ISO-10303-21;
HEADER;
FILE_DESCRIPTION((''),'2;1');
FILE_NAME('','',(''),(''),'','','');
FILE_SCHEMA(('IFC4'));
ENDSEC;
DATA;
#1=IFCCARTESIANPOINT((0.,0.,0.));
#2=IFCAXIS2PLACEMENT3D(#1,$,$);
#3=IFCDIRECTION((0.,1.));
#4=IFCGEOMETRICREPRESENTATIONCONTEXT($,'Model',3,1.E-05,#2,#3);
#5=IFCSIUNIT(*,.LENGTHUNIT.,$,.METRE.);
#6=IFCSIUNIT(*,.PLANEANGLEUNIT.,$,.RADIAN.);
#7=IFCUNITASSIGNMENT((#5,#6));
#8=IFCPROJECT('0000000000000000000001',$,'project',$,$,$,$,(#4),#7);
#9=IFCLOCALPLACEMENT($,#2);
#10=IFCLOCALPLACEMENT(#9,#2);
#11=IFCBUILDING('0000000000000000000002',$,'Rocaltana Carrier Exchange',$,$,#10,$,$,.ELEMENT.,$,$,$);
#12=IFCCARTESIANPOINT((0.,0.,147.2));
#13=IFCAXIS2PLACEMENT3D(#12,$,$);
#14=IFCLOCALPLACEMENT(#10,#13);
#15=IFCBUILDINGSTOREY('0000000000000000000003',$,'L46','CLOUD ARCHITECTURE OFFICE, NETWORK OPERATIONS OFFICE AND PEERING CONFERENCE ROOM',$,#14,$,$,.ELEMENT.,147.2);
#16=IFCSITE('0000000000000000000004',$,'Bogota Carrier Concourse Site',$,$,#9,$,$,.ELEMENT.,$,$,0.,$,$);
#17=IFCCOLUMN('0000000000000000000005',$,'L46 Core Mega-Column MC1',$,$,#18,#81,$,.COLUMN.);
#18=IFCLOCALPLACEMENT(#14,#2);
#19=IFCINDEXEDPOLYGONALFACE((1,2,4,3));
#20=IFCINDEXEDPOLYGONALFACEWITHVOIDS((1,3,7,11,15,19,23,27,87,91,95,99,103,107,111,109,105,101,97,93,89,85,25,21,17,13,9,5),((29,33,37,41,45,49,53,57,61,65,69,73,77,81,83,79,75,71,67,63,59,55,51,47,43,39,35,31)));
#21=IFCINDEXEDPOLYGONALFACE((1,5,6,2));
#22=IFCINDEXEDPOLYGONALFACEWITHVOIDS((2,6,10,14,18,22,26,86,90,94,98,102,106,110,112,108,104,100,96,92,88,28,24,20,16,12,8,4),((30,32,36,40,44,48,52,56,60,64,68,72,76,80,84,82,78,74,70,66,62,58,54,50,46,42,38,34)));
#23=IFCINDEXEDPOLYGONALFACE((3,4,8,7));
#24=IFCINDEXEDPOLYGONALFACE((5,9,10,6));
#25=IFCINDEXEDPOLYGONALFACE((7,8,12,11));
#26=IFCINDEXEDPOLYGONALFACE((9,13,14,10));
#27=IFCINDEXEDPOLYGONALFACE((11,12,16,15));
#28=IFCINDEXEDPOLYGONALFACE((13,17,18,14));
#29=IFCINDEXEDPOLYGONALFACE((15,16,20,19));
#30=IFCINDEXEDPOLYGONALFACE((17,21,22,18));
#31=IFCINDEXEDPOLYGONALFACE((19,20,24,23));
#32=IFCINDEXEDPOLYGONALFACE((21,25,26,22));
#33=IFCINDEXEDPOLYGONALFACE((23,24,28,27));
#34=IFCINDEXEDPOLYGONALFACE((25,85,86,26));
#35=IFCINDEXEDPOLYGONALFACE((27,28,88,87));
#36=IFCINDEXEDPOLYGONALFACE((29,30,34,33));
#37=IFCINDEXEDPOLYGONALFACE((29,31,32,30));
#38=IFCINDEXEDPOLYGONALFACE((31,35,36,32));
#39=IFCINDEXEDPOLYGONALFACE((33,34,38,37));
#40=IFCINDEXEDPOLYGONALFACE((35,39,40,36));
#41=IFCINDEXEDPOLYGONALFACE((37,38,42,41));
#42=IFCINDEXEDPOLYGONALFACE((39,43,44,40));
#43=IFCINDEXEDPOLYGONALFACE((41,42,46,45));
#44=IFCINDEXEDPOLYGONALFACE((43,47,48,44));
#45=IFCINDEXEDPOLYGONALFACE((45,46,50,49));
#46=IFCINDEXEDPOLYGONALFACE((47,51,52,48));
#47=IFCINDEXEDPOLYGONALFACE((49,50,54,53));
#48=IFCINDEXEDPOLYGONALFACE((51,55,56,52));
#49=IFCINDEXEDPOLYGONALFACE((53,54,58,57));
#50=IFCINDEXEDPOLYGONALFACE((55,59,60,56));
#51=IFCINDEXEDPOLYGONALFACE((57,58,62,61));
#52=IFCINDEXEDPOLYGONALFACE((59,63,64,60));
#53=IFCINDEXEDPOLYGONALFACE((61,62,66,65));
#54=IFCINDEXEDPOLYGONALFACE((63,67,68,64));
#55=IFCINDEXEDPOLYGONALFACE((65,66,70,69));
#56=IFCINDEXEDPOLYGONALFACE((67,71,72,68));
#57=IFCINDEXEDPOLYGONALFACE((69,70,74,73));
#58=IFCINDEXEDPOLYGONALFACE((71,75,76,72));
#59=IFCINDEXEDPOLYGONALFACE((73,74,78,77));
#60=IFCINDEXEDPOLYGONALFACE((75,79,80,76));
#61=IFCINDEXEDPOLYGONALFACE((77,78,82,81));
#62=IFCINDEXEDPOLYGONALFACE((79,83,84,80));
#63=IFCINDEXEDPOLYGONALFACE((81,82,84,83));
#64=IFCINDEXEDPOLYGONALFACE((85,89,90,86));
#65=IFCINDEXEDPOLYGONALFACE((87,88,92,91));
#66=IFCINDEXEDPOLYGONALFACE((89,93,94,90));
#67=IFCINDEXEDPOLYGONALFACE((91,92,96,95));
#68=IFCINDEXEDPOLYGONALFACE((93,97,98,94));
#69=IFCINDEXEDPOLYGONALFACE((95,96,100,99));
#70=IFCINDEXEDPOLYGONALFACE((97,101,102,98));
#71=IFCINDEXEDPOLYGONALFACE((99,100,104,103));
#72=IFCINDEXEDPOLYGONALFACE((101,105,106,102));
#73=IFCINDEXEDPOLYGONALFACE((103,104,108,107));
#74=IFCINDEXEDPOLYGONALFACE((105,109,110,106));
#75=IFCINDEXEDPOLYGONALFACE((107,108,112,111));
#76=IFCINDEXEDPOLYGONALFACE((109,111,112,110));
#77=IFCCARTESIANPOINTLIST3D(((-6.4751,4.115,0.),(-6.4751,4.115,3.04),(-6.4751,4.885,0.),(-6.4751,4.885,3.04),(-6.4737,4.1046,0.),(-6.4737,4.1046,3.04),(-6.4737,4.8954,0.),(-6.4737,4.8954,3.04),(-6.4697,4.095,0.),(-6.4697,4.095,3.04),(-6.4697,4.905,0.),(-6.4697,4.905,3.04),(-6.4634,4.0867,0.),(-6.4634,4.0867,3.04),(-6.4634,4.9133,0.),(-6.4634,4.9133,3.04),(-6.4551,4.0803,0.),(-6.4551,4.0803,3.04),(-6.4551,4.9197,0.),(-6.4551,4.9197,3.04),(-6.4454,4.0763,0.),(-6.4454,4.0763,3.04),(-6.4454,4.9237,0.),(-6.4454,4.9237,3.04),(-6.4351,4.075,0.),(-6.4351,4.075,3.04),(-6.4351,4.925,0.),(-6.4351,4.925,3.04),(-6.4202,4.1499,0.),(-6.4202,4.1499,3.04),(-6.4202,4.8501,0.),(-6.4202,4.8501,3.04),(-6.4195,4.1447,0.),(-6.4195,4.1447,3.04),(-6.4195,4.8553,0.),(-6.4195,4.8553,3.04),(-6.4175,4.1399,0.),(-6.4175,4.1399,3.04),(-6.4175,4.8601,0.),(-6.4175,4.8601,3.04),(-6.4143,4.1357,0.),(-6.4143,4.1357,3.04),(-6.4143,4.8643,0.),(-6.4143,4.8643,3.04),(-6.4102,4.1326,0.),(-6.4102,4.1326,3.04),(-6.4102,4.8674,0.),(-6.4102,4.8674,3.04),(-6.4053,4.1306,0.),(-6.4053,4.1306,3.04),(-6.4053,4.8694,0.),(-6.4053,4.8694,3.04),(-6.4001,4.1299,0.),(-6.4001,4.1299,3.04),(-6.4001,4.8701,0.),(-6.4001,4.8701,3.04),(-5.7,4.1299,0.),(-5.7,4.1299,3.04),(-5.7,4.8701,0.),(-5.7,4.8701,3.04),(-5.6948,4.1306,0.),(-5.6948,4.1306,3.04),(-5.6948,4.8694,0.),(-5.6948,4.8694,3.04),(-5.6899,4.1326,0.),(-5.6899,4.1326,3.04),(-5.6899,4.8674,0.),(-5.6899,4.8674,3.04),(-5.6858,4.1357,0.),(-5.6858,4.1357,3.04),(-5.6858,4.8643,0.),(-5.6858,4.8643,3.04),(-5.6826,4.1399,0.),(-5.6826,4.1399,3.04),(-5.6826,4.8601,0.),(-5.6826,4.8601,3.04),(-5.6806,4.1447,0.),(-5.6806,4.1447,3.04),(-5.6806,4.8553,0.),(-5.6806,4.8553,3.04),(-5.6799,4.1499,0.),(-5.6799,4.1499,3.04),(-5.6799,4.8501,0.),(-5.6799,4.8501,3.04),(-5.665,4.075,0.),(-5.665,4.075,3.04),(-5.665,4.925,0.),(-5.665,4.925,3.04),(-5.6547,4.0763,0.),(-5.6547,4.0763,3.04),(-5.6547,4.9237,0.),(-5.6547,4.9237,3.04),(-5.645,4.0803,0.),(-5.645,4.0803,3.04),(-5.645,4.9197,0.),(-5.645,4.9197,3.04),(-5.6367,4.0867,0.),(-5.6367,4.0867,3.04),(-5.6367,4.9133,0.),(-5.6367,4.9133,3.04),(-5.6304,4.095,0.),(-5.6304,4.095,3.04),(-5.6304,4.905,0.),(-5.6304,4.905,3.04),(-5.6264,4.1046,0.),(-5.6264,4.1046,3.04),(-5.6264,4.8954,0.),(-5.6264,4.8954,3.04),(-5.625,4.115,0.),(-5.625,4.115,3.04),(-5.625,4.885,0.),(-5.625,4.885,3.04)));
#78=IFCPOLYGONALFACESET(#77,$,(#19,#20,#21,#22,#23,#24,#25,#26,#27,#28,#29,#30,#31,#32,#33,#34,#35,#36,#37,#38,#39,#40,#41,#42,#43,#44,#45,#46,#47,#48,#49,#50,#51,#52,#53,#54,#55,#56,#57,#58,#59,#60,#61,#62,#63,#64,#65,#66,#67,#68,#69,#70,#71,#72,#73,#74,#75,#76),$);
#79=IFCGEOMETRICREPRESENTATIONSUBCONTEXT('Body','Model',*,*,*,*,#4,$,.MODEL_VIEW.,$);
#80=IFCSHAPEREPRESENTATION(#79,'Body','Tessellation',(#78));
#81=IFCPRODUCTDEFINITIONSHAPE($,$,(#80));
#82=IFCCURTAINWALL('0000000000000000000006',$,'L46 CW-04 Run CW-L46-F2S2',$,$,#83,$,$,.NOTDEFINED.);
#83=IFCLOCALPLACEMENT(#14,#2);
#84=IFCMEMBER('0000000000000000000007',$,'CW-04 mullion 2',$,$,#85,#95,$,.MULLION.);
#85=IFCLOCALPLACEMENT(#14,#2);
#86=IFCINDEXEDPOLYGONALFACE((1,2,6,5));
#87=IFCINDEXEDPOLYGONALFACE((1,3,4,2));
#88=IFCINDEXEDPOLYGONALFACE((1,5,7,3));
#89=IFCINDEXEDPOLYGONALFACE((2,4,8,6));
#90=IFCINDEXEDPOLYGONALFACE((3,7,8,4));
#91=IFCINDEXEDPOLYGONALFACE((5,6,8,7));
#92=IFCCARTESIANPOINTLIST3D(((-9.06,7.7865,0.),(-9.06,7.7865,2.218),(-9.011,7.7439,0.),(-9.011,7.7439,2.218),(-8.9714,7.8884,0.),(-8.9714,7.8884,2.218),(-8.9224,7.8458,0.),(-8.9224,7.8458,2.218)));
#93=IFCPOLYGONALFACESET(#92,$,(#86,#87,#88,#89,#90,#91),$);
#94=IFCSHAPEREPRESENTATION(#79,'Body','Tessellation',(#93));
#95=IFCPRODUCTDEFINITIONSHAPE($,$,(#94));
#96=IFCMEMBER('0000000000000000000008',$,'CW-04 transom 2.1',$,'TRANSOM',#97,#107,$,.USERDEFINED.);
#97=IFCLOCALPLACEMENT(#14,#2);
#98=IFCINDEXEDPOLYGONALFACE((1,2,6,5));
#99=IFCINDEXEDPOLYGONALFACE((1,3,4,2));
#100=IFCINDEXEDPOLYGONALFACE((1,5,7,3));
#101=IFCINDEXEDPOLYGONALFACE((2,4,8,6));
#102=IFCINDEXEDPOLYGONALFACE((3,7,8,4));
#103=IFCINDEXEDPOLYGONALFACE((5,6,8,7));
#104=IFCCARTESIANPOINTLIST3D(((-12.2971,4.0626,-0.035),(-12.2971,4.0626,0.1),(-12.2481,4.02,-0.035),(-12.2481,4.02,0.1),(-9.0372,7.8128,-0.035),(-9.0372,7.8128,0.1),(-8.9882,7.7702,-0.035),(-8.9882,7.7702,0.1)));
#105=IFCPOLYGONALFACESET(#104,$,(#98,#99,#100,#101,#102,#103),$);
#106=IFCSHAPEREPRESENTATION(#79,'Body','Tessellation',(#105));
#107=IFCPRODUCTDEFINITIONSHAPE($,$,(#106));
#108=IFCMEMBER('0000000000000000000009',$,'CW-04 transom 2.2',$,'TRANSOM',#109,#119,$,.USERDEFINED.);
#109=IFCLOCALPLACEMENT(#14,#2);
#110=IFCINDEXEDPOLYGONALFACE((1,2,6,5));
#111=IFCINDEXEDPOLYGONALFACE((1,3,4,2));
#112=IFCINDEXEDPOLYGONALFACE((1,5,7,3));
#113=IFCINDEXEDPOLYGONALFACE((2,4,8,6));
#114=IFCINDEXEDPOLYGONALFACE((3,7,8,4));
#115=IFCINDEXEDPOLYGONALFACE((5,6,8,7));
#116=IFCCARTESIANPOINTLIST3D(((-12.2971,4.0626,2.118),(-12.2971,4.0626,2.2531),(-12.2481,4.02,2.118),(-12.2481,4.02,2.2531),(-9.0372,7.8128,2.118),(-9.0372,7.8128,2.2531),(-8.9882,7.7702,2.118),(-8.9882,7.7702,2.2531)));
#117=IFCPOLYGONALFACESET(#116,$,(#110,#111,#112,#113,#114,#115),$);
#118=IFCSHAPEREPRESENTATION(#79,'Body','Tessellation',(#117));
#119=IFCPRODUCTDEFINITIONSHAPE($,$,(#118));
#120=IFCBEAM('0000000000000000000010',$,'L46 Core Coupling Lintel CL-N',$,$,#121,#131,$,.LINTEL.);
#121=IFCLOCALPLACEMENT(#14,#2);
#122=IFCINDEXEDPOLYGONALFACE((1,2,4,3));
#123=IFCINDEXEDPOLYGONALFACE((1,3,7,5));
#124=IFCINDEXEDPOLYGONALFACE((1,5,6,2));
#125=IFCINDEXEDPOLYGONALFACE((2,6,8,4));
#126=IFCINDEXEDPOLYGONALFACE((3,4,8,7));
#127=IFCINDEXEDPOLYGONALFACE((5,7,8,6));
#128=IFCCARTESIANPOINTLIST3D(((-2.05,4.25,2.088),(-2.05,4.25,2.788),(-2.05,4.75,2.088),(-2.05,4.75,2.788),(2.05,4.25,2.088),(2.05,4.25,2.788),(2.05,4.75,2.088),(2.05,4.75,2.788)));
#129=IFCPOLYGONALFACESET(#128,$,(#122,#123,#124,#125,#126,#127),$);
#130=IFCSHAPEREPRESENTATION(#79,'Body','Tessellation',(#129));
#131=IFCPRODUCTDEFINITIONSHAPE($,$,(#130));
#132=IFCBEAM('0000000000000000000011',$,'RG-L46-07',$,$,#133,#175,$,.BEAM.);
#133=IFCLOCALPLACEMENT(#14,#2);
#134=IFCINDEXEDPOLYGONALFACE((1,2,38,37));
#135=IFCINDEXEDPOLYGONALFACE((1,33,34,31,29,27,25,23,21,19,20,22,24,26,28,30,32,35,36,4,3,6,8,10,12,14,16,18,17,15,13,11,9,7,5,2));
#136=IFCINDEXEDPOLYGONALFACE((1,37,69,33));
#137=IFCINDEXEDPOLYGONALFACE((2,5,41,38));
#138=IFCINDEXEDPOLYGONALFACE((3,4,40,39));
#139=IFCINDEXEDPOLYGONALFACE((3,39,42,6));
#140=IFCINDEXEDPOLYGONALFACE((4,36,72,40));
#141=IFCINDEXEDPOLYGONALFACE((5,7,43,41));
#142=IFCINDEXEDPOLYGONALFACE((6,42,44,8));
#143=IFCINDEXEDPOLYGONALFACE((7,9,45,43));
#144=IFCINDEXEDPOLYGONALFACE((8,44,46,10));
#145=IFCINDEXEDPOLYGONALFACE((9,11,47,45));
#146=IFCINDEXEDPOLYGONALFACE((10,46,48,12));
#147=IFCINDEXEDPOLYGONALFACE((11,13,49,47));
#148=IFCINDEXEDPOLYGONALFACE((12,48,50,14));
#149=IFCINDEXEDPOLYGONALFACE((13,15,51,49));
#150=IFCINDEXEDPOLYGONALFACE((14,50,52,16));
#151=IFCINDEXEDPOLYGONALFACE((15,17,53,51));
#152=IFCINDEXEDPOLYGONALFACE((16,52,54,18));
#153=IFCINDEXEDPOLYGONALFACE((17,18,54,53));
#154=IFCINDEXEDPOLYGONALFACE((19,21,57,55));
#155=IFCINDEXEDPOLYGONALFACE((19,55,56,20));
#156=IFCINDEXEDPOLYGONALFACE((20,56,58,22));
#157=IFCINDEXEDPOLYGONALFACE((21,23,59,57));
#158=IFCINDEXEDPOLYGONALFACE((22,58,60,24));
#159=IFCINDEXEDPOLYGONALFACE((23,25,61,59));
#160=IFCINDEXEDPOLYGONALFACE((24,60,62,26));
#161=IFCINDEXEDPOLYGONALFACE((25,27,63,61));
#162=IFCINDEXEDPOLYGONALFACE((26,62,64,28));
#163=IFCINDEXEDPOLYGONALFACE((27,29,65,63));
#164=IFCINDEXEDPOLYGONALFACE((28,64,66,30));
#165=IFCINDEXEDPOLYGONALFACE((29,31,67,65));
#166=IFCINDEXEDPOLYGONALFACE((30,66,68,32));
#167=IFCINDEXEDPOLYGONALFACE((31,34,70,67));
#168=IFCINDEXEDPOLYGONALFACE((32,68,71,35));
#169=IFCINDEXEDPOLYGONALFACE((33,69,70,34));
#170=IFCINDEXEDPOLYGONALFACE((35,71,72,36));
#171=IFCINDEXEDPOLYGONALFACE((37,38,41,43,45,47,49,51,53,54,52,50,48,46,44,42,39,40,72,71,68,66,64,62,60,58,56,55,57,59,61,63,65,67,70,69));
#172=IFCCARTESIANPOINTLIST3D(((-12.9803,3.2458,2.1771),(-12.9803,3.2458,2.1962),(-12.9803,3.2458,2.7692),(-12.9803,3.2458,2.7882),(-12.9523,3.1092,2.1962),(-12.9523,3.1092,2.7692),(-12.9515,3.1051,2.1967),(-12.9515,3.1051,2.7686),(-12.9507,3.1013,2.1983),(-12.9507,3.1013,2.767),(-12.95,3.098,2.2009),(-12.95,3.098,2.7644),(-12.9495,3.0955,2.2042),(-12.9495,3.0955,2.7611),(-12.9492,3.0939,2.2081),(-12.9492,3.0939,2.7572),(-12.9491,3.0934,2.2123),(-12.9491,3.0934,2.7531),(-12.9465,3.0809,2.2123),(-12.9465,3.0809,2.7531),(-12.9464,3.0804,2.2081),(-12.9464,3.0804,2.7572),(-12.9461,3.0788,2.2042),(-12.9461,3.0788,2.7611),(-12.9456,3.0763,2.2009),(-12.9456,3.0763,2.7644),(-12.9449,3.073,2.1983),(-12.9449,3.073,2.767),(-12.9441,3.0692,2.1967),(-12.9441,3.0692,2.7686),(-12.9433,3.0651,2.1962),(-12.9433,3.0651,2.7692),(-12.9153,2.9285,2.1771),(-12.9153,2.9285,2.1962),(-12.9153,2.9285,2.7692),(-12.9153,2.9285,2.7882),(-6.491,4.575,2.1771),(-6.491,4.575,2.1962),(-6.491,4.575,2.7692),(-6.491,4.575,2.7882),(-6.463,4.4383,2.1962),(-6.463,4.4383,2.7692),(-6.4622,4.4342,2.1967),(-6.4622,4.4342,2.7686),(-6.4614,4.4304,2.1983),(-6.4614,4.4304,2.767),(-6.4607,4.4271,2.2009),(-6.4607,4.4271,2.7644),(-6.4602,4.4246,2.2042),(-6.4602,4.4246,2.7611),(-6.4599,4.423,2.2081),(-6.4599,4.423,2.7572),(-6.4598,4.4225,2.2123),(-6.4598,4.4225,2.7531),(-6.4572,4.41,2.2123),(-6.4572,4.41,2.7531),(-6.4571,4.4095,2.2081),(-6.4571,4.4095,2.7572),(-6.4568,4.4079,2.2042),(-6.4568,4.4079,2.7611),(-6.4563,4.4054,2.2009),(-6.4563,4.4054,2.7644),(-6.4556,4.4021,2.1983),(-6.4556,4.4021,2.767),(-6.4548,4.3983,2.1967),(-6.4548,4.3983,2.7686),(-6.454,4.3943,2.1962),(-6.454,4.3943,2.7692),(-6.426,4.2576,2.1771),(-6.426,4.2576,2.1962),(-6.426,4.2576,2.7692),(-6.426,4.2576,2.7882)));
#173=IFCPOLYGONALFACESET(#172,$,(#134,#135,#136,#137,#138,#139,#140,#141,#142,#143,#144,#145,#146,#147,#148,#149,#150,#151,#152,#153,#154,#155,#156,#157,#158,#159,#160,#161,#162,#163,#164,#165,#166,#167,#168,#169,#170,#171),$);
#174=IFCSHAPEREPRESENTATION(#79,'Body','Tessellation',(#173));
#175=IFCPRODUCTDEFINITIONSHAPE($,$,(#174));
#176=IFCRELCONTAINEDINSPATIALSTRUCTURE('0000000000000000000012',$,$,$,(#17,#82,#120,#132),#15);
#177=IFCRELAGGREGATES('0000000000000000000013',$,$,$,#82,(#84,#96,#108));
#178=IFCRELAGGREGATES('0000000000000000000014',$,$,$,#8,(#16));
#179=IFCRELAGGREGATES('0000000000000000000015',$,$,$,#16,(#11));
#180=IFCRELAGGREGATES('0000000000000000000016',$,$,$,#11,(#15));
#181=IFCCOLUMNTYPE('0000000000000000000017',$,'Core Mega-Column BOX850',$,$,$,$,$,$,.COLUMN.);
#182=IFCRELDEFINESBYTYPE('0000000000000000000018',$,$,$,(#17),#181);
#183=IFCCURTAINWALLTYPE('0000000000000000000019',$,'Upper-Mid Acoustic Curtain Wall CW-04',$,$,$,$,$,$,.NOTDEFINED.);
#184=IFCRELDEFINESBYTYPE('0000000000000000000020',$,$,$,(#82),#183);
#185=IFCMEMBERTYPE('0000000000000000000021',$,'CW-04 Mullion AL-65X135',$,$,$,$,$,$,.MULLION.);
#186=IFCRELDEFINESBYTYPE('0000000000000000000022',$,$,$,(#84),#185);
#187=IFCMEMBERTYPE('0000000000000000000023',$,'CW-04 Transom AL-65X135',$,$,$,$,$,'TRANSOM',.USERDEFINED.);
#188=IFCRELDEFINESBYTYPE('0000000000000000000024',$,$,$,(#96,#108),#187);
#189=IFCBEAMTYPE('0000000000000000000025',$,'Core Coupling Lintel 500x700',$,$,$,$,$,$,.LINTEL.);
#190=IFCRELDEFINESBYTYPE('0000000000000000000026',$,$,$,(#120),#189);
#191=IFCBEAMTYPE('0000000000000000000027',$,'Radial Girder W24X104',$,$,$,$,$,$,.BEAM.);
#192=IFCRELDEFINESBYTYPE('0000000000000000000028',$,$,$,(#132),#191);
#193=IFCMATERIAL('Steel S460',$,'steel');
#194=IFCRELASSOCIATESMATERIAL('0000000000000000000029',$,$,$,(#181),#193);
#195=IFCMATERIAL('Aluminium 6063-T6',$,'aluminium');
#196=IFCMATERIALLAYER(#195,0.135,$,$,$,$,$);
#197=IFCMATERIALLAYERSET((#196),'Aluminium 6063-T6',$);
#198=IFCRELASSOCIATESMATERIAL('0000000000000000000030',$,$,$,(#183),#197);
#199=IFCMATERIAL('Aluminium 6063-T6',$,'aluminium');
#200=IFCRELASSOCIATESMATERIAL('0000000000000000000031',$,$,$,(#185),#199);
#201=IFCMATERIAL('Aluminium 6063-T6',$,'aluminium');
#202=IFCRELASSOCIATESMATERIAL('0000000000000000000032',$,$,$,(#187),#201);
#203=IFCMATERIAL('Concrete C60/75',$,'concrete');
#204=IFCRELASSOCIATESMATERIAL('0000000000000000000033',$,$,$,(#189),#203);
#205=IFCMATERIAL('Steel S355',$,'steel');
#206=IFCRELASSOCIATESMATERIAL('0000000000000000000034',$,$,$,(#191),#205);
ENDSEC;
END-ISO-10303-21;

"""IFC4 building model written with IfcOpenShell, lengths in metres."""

from ifc_helpers import new_model, si_unit, direction, frame, origin, origin_2d, place, context, subcontext, project, spatial, rectangle, hollow_rectangle, i_section, extrude, material, layer, layer_set, material_profile, profile_set, type_object, element, aggregate, save


model = new_model("IFC4")

# Units and contexts
model_context = context("Model", 3, precision=1e-05, world=origin(), true_north=direction((0.0, 1.0)))
body_context = subcontext(model_context, "Body", "Model", "MODEL_VIEW")
ifc_project = project(units=[si_unit("LENGTHUNIT", "METRE"), si_unit("PLANEANGLEUNIT", "RADIAN")], contexts=[model_context])

# Site, building, storey
site_placement = place(None, origin())
site = spatial("IfcSite", under=ifc_project, at=site_placement, Name="Bogota Carrier Concourse Site", CompositionType="ELEMENT", RefElevation=0.0)
building_placement = place(site_placement, origin())
building = spatial("IfcBuilding", under=site, at=building_placement, Name="Rocaltana Carrier Exchange", CompositionType="ELEMENT")
storey_placement = place(building_placement, frame((0.0, 0.0, 147.2)))
storey = spatial("IfcBuildingStorey", under=building, at=storey_placement, Name="L46", Description="CLOUD ARCHITECTURE OFFICE, NETWORK OPERATIONS OFFICE AND PEERING CONFERENCE ROOM", CompositionType="ELEMENT", Elevation=147.2)

# Column
ifc_material_1 = material(Name="Steel S460", Category="steel")
ifc_material_profile_1 = material_profile(ifc_material_1, hollow_rectangle(XDim=0.8501, YDim=0.8501, WallThickness=0.0549, InnerFilletRadius=0.02, OuterFilletRadius=0.04, at=origin_2d()), Name="BOX850X850X55")
ifc_profile_set_1 = profile_set([ifc_material_profile_1], Name="Steel S460")
column_type = type_object("IfcColumnType", Name="Core Mega-Column BOX850", PredefinedType="COLUMN", material=ifc_profile_set_1)
column_placement = place(storey_placement, frame((-6.05, 4.5, 0.0), z_axis=(0.0, 0.0, 1.0), x_axis=(1.0, 0.0, 0.0)))
element("IfcColumn", 1, at=column_placement, inside=storey, type_object=column_type, Name="L46 Core Mega-Column MC1", PredefinedType="COLUMN", context=body_context, shape_type="SweptSolid", body=[
    extrude(hollow_rectangle(XDim=0.8501, YDim=0.8501, WallThickness=0.0549, InnerFilletRadius=0.02, OuterFilletRadius=0.04, at=origin_2d()), origin(), (0.0, 0.0, 1.0), 3.04),
])

# Curtain wall, members
ifc_material_2 = material(Name="Aluminium 6063-T6", Category="aluminium")
ifc_layer_1 = layer(ifc_material_2, 0.135)
ifc_layer_set_1 = layer_set([ifc_layer_1], Name="Aluminium 6063-T6")
curtain_wall_type = type_object("IfcCurtainWallType", Name="Upper-Mid Acoustic Curtain Wall CW-04", PredefinedType="NOTDEFINED", material=ifc_layer_set_1)
curtain_wall_placement = place(storey_placement, origin())
curtain_wall = element("IfcCurtainWall", 2, at=curtain_wall_placement, inside=storey, type_object=curtain_wall_type, Name="L46 CW-04 Run CW-L46-F2S2", PredefinedType="NOTDEFINED")
ifc_material_3 = material(Name="Aluminium 6063-T6", Category="aluminium")
ifc_material_profile_2 = material_profile(ifc_material_3, rectangle(XDim=0.0649, YDim=0.135, at=origin_2d()), Name="AL-65X135")
ifc_profile_set_2 = profile_set([ifc_material_profile_2], Name="Aluminium 6063-T6")
member_type_1 = type_object("IfcMemberType", Name="CW-04 Mullion AL-65X135", PredefinedType="MULLION", material=ifc_profile_set_2)
member_1_placement = place(storey_placement, frame((-8.9912, 7.8162, 0.0), z_axis=(0.0, 0.0, 1.0), x_axis=(0.754712, -0.656057, 0.0)))
member_1 = element("IfcMember", 3, at=member_1_placement, type_object=member_type_1, Name="CW-04 mullion 2", PredefinedType="MULLION", context=body_context, shape_type="SweptSolid", body=[
    extrude(rectangle(XDim=0.0649, YDim=0.135, at=origin_2d()), origin(), (0.0, 0.0, 1.0), 2.218),
])
ifc_material_4 = material(Name="Aluminium 6063-T6", Category="aluminium")
ifc_material_profile_3 = material_profile(ifc_material_4, rectangle(XDim=0.0649, YDim=0.135, at=origin_2d()), Name="AL-65X135")
ifc_profile_set_3 = profile_set([ifc_material_profile_3], Name="Aluminium 6063-T6")
member_type_2 = type_object("IfcMemberType", Name="CW-04 Transom AL-65X135", ElementType="TRANSOM", PredefinedType="USERDEFINED", material=ifc_profile_set_3)
member_2_placement = place(storey_placement, frame((-9.0127, 7.7915, 0.0325), z_axis=(-0.656056, -0.754712, 0.0), x_axis=(0.754712, -0.656056, 0.0)))
member_2 = element("IfcMember", 4, at=member_2_placement, type_object=member_type_2, Name="CW-04 transom 2.1", ObjectType="TRANSOM", PredefinedType="USERDEFINED", context=body_context, shape_type="SweptSolid", body=[
    extrude(rectangle(XDim=0.0649, YDim=0.135, at=origin_2d()), origin(), (0.0, 0.0, 1.0), 4.969),
])
member_3_placement = place(storey_placement, frame((-9.0127, 7.7915, 2.1855), z_axis=(-0.656056, -0.754712, 0.0), x_axis=(0.754712, -0.656056, 0.0)))
member_3 = element("IfcMember", 5, at=member_3_placement, type_object=member_type_2, Name="CW-04 transom 2.2", ObjectType="TRANSOM", PredefinedType="USERDEFINED", context=body_context, shape_type="SweptSolid", body=[
    extrude(rectangle(XDim=0.0649, YDim=0.135, at=origin_2d()), origin(), (0.0, 0.0, 1.0), 4.969),
])

# Beams
ifc_material_5 = material(Name="Concrete C60/75", Category="concrete")
ifc_material_profile_4 = material_profile(ifc_material_5, rectangle(XDim=0.5, YDim=0.7, at=origin_2d()), Name="RC-BM-500X700")
ifc_profile_set_4 = profile_set([ifc_material_profile_4], Name="Concrete C60/75")
beam_type_1 = type_object("IfcBeamType", Name="Core Coupling Lintel 500x700", PredefinedType="LINTEL", material=ifc_profile_set_4)
beam_1_placement = place(storey_placement, frame((-2.05, 4.5, 2.438), z_axis=(1.0, 0.0, 0.0), x_axis=(0.0, 1.0, 0.0)))
element("IfcBeam", 6, at=beam_1_placement, inside=storey, type_object=beam_type_1, Name="L46 Core Coupling Lintel CL-N", PredefinedType="LINTEL", context=body_context, shape_type="SweptSolid", body=[
    extrude(rectangle(XDim=0.5, YDim=0.7, at=origin_2d()), origin(), (0.0, 0.0, 1.0), 4.1001),
])
ifc_material_6 = material(Name="Steel S355", Category="steel")
ifc_material_profile_5 = material_profile(ifc_material_6, i_section(OverallWidth=0.324, OverallDepth=0.6111, WebThickness=0.0127, FlangeThickness=0.019, FilletRadius=0.0161, at=origin_2d()), Name="W24X104")
ifc_profile_set_5 = profile_set([ifc_material_profile_5], Name="Steel S355")
beam_type_2 = type_object("IfcBeamType", Name="Radial Girder W24X104", PredefinedType="BEAM", material=ifc_profile_set_5)
beam_2_placement = place(storey_placement, frame((-6.4585, 4.4163, 2.4827), z_axis=(-0.979663, -0.20065, 0.0), x_axis=(0.20065, -0.979663, 0.0)))
element("IfcBeam", 7, at=beam_2_placement, inside=storey, type_object=beam_type_2, Name="RG-L46-07", PredefinedType="BEAM", context=body_context, shape_type="SweptSolid", body=[
    extrude(i_section(OverallWidth=0.324, OverallDepth=0.6111, WebThickness=0.0127, FlangeThickness=0.019, FilletRadius=0.0161, at=origin_2d()), origin(), (0.0, 0.0, 1.0), 6.624),
])

aggregate(curtain_wall, [member_1, member_2, member_3])

save(model, "model.ifc")
